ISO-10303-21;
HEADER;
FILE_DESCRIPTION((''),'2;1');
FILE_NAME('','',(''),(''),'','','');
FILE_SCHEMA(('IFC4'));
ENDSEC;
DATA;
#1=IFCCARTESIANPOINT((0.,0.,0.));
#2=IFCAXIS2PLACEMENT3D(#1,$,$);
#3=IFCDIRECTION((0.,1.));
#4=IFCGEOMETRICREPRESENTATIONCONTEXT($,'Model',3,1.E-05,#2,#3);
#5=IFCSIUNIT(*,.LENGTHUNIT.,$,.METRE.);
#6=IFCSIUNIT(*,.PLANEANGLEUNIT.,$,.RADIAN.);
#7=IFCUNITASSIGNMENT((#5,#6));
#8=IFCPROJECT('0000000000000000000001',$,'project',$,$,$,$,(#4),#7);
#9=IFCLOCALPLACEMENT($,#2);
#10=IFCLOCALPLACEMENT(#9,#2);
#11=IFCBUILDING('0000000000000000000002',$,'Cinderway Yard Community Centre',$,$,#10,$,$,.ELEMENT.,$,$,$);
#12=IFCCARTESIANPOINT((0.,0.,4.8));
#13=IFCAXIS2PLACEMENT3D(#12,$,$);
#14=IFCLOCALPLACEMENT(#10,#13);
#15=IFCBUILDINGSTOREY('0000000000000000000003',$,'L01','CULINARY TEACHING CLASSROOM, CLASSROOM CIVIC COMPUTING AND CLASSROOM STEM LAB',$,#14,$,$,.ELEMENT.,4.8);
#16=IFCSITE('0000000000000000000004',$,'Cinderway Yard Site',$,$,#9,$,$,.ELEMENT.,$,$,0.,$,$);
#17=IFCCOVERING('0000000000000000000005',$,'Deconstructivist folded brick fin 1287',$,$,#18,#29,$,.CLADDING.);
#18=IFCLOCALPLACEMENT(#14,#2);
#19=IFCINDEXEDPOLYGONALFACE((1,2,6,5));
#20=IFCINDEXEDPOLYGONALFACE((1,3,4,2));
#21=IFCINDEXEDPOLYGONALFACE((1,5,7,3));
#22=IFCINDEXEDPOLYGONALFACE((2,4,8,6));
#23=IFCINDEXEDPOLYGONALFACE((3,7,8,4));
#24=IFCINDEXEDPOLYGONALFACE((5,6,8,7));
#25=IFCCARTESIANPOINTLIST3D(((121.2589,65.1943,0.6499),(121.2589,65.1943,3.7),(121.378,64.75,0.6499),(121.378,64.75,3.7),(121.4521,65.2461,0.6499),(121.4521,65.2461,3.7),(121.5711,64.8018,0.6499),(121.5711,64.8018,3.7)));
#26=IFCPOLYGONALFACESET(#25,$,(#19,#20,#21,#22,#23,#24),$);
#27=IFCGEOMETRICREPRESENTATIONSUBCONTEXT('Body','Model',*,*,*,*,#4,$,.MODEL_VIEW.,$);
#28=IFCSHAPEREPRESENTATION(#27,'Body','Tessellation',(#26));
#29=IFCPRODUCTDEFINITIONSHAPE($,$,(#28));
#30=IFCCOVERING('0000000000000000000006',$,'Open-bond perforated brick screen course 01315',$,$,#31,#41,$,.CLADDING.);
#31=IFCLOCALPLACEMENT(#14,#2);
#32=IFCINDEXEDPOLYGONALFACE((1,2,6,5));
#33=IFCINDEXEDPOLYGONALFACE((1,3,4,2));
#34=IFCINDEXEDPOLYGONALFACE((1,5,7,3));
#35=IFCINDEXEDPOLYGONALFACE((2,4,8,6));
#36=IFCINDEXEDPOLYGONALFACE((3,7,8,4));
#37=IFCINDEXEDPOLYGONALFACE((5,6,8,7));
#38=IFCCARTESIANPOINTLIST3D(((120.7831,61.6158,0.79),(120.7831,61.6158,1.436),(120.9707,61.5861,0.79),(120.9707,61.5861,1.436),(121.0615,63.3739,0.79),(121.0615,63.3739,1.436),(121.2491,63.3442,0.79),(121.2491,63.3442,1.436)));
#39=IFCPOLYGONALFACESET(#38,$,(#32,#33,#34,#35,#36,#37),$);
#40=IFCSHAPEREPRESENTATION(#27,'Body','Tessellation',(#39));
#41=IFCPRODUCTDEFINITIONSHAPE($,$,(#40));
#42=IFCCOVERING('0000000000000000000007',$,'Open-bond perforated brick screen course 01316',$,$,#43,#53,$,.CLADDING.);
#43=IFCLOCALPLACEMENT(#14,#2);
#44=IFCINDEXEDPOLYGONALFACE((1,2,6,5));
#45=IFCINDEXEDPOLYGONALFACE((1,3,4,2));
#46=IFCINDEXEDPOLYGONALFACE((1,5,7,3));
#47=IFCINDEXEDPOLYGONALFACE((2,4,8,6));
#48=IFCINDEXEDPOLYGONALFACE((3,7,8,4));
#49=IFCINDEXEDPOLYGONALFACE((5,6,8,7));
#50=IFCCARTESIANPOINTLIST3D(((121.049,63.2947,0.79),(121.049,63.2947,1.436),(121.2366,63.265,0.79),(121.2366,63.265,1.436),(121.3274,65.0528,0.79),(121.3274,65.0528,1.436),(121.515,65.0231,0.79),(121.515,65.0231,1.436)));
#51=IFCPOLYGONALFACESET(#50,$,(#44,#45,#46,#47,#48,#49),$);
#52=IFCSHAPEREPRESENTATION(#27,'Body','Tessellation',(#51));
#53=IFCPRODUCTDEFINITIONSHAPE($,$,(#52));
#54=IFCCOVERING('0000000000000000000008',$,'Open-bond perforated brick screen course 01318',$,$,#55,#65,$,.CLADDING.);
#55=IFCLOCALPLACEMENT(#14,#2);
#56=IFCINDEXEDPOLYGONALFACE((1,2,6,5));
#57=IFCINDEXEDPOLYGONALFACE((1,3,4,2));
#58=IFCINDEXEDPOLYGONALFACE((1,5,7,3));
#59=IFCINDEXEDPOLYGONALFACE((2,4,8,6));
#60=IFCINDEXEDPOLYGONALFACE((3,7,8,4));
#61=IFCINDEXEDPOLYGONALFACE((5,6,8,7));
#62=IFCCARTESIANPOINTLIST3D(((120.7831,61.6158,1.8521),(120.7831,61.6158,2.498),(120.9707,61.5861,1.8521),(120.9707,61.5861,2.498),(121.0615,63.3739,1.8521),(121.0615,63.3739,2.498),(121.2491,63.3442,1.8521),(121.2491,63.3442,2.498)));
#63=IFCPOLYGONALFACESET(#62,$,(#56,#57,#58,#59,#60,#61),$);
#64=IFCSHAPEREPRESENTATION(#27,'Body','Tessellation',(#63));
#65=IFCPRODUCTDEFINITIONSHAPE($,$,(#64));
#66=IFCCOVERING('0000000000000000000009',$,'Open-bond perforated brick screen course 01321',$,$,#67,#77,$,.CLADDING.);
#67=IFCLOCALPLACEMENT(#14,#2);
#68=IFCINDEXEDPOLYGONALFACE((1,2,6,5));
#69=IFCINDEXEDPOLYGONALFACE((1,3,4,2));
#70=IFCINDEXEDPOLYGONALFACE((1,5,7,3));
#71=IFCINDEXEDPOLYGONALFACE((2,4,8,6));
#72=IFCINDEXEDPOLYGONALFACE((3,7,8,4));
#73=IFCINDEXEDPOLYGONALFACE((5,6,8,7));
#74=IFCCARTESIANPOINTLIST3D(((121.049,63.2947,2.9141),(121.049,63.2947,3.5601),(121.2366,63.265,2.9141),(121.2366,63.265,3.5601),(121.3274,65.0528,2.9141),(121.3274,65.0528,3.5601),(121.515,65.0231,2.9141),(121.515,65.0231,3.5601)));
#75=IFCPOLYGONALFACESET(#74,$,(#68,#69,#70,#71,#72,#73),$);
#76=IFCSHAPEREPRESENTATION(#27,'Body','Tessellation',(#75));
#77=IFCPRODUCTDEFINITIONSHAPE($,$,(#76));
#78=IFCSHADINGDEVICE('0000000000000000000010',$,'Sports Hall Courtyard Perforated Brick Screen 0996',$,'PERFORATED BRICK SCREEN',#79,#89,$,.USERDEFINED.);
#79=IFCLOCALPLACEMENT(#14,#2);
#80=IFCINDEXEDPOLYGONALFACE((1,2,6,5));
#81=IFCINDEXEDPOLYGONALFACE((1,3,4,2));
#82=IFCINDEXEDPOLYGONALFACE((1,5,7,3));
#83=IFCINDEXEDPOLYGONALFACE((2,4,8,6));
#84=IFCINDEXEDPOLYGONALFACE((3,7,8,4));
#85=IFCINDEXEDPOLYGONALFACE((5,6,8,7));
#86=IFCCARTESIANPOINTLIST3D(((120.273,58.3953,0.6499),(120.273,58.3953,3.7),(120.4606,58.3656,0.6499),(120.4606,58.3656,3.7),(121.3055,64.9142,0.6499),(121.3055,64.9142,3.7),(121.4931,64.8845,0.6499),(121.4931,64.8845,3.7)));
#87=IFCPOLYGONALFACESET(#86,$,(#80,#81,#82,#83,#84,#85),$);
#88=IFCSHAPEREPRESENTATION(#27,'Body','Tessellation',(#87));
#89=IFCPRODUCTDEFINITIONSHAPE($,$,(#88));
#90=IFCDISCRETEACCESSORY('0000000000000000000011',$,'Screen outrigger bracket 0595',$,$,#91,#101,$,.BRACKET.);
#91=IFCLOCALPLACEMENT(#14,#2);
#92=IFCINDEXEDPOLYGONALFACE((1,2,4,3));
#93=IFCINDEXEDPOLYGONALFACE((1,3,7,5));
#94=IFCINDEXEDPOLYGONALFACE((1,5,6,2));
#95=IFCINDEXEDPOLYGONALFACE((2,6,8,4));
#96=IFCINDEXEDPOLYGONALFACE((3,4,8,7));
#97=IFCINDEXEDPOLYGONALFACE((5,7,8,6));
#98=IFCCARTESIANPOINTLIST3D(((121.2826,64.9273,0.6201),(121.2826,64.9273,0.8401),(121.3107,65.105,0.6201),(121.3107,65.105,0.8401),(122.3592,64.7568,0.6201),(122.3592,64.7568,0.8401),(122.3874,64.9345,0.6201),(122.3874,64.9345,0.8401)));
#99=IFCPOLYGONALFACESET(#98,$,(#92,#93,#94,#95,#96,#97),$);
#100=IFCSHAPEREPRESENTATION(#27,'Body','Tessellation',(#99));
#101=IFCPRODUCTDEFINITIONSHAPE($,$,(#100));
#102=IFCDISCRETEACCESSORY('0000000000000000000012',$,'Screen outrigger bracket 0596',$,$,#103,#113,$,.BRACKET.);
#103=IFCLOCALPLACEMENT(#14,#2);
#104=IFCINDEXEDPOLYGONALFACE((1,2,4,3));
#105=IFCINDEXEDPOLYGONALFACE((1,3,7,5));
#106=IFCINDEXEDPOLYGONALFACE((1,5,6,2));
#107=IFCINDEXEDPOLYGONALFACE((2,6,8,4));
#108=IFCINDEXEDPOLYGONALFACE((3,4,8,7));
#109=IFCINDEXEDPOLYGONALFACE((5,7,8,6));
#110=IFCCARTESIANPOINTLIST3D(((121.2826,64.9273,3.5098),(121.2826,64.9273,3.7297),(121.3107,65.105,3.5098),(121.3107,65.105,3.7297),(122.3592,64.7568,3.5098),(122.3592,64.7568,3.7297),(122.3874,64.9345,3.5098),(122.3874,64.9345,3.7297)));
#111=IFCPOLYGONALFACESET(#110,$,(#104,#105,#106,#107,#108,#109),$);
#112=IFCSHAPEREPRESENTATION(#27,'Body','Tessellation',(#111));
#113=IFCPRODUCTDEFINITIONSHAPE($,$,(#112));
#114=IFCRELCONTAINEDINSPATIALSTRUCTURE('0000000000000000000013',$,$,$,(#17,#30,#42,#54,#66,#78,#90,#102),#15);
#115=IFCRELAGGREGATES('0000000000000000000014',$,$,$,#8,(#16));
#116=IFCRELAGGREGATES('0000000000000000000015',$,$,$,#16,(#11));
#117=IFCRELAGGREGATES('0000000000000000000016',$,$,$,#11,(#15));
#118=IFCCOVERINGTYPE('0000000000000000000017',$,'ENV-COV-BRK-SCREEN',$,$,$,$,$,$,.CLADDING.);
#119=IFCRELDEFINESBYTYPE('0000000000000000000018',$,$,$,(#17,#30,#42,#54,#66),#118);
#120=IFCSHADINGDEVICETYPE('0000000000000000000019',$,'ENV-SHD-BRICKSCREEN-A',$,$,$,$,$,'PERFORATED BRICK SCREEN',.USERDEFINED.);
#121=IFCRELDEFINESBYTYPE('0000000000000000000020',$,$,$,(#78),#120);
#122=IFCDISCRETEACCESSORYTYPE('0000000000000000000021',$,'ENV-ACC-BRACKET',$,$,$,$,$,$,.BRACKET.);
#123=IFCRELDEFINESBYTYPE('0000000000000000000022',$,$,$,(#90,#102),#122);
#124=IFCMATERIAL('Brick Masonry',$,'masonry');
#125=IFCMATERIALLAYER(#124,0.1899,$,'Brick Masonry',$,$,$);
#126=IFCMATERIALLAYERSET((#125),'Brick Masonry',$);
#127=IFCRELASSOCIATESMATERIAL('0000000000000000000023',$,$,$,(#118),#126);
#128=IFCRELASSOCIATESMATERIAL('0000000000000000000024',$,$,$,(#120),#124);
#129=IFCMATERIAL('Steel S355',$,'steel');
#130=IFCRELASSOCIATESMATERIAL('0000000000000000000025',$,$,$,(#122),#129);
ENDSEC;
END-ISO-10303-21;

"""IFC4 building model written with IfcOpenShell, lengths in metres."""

from ifc_helpers import new_model, si_unit, direction, frame, origin, origin_2d, place, context, subcontext, project, spatial, rectangle, extrude, material, layer, layer_set, type_object, element, save


model = new_model("IFC4")

# Units and contexts
model_context = context("Model", 3, precision=1e-05, world=origin(), true_north=direction((0.0, 1.0)))
body_context = subcontext(model_context, "Body", "Model", "MODEL_VIEW")
ifc_project = project(units=[si_unit("LENGTHUNIT", "METRE"), si_unit("PLANEANGLEUNIT", "RADIAN")], contexts=[model_context])

# Site, building, storey
site_placement = place(None, origin())
site = spatial("IfcSite", under=ifc_project, at=site_placement, Name="Cinderway Yard Site", CompositionType="ELEMENT", RefElevation=0.0)
building_placement = place(site_placement, origin())
building = spatial("IfcBuilding", under=site, at=building_placement, Name="Cinderway Yard Community Centre", CompositionType="ELEMENT")
storey_placement = place(building_placement, frame((0.0, 0.0, 4.8)))
storey = spatial("IfcBuildingStorey", under=building, at=storey_placement, Name="L01", Description="CULINARY TEACHING CLASSROOM, CLASSROOM CIVIC COMPUTING AND CLASSROOM STEM LAB", CompositionType="ELEMENT", Elevation=4.8)

# Shared definitions
ifc_material_1 = material(Name="Steel S355", Category="steel")

# Coverings
ifc_material_2 = material(Name="Brick Masonry", Category="masonry")
ifc_layer_1 = layer(ifc_material_2, 0.1899, Name="Brick Masonry")
ifc_layer_set_1 = layer_set([ifc_layer_1], Name="Brick Masonry")
covering_type = type_object("IfcCoveringType", Name="ENV-COV-BRK-SCREEN", PredefinedType="CLADDING", material=ifc_layer_set_1)
covering_placement = place(storey_placement, frame((121.415, 64.998, 0.6499), z_axis=(0.0, 0.0, 1.0), x_axis=(-0.258819, 0.965926, 0.0)))
element("IfcCovering", 1, at=covering_placement, inside=storey, type_object=covering_type, Name="Deconstructivist folded brick fin 1287", PredefinedType="CLADDING", context=body_context, shape_type="SweptSolid", body=[
    extrude(rectangle(XDim=0.46, YDim=0.2, at=origin_2d()), origin(), (0.0, 0.0, 1.0), 3.05),
])
for number, where, z_axis, x_axis, name in (
    (2, (121.0161, 62.48, 0.79), (0.0, 0.0, 1.0), (0.156434, 0.987688, 0.0), "Open-bond perforated brick screen course 01315"),
    (3, (121.282, 64.1589, 0.79), (0.0, 0.0, 1.0), (0.156434, 0.987688, 0.0), "Open-bond perforated brick screen course 01316"),
    (4, (121.0161, 62.48, 1.8521), (0.0, 0.0, 1.0), (0.156434, 0.987688, 0.0), "Open-bond perforated brick screen course 01318"),
    (5, (121.282, 64.1589, 2.9141), (0.0, 0.0, 1.0), (0.156434, 0.987688, 0.0), "Open-bond perforated brick screen course 01321"),
):
    element("IfcCovering", number, at=place(storey_placement, frame(where, z_axis=z_axis, x_axis=x_axis)), inside=storey, type_object=covering_type, Name=name, PredefinedType="CLADDING", context=body_context, shape_type="SweptSolid", body=[
        extrude(rectangle(XDim=1.78, YDim=0.1899, at=origin_2d()), origin(), (0.0, 0.0, 1.0), 0.646),
    ])

# Shading device
shading_device_type = type_object("IfcShadingDeviceType", Name="ENV-SHD-BRICKSCREEN-A", ElementType="PERFORATED BRICK SCREEN", PredefinedType="USERDEFINED", material=ifc_material_2)
shading_device_placement = place(storey_placement, frame((120.8831, 61.6399, 0.6499), z_axis=(0.0, 0.0, 1.0), x_axis=(0.156434, 0.987688, 0.0)))
element("IfcShadingDevice", 6, at=shading_device_placement, inside=storey, type_object=shading_device_type, Name="Sports Hall Courtyard Perforated Brick Screen 0996", ObjectType="PERFORATED BRICK SCREEN", PredefinedType="USERDEFINED", context=body_context, shape_type="SweptSolid", body=[
    extrude(rectangle(XDim=6.6001, YDim=0.1899, at=origin_2d()), origin(), (0.0, 0.0, 1.0), 3.05),
])

# Discrete accessories
discrete_accessory_type = type_object("IfcDiscreteAccessoryType", Name="ENV-ACC-BRACKET", PredefinedType="BRACKET", material=ifc_material_1)
for number, where, z_axis, x_axis, name in (
    (7, (121.835, 64.9309, 0.6201), (0.0, 0.0, 1.0), (-0.987688, 0.156434, 0.0), "Screen outrigger bracket 0595"),
    (8, (121.835, 64.9309, 3.5098), (0.0, 0.0, 1.0), (-0.987688, 0.156434, 0.0), "Screen outrigger bracket 0596"),
):
    element("IfcDiscreteAccessory", number, at=place(storey_placement, frame(where, z_axis=z_axis, x_axis=x_axis)), inside=storey, type_object=discrete_accessory_type, Name=name, PredefinedType="BRACKET", context=body_context, shape_type="SweptSolid", body=[
        extrude(rectangle(XDim=1.0901, YDim=0.1799, at=origin_2d()), origin(), (0.0, 0.0, 1.0), 0.22),
    ])

save(model, "model.ifc")
